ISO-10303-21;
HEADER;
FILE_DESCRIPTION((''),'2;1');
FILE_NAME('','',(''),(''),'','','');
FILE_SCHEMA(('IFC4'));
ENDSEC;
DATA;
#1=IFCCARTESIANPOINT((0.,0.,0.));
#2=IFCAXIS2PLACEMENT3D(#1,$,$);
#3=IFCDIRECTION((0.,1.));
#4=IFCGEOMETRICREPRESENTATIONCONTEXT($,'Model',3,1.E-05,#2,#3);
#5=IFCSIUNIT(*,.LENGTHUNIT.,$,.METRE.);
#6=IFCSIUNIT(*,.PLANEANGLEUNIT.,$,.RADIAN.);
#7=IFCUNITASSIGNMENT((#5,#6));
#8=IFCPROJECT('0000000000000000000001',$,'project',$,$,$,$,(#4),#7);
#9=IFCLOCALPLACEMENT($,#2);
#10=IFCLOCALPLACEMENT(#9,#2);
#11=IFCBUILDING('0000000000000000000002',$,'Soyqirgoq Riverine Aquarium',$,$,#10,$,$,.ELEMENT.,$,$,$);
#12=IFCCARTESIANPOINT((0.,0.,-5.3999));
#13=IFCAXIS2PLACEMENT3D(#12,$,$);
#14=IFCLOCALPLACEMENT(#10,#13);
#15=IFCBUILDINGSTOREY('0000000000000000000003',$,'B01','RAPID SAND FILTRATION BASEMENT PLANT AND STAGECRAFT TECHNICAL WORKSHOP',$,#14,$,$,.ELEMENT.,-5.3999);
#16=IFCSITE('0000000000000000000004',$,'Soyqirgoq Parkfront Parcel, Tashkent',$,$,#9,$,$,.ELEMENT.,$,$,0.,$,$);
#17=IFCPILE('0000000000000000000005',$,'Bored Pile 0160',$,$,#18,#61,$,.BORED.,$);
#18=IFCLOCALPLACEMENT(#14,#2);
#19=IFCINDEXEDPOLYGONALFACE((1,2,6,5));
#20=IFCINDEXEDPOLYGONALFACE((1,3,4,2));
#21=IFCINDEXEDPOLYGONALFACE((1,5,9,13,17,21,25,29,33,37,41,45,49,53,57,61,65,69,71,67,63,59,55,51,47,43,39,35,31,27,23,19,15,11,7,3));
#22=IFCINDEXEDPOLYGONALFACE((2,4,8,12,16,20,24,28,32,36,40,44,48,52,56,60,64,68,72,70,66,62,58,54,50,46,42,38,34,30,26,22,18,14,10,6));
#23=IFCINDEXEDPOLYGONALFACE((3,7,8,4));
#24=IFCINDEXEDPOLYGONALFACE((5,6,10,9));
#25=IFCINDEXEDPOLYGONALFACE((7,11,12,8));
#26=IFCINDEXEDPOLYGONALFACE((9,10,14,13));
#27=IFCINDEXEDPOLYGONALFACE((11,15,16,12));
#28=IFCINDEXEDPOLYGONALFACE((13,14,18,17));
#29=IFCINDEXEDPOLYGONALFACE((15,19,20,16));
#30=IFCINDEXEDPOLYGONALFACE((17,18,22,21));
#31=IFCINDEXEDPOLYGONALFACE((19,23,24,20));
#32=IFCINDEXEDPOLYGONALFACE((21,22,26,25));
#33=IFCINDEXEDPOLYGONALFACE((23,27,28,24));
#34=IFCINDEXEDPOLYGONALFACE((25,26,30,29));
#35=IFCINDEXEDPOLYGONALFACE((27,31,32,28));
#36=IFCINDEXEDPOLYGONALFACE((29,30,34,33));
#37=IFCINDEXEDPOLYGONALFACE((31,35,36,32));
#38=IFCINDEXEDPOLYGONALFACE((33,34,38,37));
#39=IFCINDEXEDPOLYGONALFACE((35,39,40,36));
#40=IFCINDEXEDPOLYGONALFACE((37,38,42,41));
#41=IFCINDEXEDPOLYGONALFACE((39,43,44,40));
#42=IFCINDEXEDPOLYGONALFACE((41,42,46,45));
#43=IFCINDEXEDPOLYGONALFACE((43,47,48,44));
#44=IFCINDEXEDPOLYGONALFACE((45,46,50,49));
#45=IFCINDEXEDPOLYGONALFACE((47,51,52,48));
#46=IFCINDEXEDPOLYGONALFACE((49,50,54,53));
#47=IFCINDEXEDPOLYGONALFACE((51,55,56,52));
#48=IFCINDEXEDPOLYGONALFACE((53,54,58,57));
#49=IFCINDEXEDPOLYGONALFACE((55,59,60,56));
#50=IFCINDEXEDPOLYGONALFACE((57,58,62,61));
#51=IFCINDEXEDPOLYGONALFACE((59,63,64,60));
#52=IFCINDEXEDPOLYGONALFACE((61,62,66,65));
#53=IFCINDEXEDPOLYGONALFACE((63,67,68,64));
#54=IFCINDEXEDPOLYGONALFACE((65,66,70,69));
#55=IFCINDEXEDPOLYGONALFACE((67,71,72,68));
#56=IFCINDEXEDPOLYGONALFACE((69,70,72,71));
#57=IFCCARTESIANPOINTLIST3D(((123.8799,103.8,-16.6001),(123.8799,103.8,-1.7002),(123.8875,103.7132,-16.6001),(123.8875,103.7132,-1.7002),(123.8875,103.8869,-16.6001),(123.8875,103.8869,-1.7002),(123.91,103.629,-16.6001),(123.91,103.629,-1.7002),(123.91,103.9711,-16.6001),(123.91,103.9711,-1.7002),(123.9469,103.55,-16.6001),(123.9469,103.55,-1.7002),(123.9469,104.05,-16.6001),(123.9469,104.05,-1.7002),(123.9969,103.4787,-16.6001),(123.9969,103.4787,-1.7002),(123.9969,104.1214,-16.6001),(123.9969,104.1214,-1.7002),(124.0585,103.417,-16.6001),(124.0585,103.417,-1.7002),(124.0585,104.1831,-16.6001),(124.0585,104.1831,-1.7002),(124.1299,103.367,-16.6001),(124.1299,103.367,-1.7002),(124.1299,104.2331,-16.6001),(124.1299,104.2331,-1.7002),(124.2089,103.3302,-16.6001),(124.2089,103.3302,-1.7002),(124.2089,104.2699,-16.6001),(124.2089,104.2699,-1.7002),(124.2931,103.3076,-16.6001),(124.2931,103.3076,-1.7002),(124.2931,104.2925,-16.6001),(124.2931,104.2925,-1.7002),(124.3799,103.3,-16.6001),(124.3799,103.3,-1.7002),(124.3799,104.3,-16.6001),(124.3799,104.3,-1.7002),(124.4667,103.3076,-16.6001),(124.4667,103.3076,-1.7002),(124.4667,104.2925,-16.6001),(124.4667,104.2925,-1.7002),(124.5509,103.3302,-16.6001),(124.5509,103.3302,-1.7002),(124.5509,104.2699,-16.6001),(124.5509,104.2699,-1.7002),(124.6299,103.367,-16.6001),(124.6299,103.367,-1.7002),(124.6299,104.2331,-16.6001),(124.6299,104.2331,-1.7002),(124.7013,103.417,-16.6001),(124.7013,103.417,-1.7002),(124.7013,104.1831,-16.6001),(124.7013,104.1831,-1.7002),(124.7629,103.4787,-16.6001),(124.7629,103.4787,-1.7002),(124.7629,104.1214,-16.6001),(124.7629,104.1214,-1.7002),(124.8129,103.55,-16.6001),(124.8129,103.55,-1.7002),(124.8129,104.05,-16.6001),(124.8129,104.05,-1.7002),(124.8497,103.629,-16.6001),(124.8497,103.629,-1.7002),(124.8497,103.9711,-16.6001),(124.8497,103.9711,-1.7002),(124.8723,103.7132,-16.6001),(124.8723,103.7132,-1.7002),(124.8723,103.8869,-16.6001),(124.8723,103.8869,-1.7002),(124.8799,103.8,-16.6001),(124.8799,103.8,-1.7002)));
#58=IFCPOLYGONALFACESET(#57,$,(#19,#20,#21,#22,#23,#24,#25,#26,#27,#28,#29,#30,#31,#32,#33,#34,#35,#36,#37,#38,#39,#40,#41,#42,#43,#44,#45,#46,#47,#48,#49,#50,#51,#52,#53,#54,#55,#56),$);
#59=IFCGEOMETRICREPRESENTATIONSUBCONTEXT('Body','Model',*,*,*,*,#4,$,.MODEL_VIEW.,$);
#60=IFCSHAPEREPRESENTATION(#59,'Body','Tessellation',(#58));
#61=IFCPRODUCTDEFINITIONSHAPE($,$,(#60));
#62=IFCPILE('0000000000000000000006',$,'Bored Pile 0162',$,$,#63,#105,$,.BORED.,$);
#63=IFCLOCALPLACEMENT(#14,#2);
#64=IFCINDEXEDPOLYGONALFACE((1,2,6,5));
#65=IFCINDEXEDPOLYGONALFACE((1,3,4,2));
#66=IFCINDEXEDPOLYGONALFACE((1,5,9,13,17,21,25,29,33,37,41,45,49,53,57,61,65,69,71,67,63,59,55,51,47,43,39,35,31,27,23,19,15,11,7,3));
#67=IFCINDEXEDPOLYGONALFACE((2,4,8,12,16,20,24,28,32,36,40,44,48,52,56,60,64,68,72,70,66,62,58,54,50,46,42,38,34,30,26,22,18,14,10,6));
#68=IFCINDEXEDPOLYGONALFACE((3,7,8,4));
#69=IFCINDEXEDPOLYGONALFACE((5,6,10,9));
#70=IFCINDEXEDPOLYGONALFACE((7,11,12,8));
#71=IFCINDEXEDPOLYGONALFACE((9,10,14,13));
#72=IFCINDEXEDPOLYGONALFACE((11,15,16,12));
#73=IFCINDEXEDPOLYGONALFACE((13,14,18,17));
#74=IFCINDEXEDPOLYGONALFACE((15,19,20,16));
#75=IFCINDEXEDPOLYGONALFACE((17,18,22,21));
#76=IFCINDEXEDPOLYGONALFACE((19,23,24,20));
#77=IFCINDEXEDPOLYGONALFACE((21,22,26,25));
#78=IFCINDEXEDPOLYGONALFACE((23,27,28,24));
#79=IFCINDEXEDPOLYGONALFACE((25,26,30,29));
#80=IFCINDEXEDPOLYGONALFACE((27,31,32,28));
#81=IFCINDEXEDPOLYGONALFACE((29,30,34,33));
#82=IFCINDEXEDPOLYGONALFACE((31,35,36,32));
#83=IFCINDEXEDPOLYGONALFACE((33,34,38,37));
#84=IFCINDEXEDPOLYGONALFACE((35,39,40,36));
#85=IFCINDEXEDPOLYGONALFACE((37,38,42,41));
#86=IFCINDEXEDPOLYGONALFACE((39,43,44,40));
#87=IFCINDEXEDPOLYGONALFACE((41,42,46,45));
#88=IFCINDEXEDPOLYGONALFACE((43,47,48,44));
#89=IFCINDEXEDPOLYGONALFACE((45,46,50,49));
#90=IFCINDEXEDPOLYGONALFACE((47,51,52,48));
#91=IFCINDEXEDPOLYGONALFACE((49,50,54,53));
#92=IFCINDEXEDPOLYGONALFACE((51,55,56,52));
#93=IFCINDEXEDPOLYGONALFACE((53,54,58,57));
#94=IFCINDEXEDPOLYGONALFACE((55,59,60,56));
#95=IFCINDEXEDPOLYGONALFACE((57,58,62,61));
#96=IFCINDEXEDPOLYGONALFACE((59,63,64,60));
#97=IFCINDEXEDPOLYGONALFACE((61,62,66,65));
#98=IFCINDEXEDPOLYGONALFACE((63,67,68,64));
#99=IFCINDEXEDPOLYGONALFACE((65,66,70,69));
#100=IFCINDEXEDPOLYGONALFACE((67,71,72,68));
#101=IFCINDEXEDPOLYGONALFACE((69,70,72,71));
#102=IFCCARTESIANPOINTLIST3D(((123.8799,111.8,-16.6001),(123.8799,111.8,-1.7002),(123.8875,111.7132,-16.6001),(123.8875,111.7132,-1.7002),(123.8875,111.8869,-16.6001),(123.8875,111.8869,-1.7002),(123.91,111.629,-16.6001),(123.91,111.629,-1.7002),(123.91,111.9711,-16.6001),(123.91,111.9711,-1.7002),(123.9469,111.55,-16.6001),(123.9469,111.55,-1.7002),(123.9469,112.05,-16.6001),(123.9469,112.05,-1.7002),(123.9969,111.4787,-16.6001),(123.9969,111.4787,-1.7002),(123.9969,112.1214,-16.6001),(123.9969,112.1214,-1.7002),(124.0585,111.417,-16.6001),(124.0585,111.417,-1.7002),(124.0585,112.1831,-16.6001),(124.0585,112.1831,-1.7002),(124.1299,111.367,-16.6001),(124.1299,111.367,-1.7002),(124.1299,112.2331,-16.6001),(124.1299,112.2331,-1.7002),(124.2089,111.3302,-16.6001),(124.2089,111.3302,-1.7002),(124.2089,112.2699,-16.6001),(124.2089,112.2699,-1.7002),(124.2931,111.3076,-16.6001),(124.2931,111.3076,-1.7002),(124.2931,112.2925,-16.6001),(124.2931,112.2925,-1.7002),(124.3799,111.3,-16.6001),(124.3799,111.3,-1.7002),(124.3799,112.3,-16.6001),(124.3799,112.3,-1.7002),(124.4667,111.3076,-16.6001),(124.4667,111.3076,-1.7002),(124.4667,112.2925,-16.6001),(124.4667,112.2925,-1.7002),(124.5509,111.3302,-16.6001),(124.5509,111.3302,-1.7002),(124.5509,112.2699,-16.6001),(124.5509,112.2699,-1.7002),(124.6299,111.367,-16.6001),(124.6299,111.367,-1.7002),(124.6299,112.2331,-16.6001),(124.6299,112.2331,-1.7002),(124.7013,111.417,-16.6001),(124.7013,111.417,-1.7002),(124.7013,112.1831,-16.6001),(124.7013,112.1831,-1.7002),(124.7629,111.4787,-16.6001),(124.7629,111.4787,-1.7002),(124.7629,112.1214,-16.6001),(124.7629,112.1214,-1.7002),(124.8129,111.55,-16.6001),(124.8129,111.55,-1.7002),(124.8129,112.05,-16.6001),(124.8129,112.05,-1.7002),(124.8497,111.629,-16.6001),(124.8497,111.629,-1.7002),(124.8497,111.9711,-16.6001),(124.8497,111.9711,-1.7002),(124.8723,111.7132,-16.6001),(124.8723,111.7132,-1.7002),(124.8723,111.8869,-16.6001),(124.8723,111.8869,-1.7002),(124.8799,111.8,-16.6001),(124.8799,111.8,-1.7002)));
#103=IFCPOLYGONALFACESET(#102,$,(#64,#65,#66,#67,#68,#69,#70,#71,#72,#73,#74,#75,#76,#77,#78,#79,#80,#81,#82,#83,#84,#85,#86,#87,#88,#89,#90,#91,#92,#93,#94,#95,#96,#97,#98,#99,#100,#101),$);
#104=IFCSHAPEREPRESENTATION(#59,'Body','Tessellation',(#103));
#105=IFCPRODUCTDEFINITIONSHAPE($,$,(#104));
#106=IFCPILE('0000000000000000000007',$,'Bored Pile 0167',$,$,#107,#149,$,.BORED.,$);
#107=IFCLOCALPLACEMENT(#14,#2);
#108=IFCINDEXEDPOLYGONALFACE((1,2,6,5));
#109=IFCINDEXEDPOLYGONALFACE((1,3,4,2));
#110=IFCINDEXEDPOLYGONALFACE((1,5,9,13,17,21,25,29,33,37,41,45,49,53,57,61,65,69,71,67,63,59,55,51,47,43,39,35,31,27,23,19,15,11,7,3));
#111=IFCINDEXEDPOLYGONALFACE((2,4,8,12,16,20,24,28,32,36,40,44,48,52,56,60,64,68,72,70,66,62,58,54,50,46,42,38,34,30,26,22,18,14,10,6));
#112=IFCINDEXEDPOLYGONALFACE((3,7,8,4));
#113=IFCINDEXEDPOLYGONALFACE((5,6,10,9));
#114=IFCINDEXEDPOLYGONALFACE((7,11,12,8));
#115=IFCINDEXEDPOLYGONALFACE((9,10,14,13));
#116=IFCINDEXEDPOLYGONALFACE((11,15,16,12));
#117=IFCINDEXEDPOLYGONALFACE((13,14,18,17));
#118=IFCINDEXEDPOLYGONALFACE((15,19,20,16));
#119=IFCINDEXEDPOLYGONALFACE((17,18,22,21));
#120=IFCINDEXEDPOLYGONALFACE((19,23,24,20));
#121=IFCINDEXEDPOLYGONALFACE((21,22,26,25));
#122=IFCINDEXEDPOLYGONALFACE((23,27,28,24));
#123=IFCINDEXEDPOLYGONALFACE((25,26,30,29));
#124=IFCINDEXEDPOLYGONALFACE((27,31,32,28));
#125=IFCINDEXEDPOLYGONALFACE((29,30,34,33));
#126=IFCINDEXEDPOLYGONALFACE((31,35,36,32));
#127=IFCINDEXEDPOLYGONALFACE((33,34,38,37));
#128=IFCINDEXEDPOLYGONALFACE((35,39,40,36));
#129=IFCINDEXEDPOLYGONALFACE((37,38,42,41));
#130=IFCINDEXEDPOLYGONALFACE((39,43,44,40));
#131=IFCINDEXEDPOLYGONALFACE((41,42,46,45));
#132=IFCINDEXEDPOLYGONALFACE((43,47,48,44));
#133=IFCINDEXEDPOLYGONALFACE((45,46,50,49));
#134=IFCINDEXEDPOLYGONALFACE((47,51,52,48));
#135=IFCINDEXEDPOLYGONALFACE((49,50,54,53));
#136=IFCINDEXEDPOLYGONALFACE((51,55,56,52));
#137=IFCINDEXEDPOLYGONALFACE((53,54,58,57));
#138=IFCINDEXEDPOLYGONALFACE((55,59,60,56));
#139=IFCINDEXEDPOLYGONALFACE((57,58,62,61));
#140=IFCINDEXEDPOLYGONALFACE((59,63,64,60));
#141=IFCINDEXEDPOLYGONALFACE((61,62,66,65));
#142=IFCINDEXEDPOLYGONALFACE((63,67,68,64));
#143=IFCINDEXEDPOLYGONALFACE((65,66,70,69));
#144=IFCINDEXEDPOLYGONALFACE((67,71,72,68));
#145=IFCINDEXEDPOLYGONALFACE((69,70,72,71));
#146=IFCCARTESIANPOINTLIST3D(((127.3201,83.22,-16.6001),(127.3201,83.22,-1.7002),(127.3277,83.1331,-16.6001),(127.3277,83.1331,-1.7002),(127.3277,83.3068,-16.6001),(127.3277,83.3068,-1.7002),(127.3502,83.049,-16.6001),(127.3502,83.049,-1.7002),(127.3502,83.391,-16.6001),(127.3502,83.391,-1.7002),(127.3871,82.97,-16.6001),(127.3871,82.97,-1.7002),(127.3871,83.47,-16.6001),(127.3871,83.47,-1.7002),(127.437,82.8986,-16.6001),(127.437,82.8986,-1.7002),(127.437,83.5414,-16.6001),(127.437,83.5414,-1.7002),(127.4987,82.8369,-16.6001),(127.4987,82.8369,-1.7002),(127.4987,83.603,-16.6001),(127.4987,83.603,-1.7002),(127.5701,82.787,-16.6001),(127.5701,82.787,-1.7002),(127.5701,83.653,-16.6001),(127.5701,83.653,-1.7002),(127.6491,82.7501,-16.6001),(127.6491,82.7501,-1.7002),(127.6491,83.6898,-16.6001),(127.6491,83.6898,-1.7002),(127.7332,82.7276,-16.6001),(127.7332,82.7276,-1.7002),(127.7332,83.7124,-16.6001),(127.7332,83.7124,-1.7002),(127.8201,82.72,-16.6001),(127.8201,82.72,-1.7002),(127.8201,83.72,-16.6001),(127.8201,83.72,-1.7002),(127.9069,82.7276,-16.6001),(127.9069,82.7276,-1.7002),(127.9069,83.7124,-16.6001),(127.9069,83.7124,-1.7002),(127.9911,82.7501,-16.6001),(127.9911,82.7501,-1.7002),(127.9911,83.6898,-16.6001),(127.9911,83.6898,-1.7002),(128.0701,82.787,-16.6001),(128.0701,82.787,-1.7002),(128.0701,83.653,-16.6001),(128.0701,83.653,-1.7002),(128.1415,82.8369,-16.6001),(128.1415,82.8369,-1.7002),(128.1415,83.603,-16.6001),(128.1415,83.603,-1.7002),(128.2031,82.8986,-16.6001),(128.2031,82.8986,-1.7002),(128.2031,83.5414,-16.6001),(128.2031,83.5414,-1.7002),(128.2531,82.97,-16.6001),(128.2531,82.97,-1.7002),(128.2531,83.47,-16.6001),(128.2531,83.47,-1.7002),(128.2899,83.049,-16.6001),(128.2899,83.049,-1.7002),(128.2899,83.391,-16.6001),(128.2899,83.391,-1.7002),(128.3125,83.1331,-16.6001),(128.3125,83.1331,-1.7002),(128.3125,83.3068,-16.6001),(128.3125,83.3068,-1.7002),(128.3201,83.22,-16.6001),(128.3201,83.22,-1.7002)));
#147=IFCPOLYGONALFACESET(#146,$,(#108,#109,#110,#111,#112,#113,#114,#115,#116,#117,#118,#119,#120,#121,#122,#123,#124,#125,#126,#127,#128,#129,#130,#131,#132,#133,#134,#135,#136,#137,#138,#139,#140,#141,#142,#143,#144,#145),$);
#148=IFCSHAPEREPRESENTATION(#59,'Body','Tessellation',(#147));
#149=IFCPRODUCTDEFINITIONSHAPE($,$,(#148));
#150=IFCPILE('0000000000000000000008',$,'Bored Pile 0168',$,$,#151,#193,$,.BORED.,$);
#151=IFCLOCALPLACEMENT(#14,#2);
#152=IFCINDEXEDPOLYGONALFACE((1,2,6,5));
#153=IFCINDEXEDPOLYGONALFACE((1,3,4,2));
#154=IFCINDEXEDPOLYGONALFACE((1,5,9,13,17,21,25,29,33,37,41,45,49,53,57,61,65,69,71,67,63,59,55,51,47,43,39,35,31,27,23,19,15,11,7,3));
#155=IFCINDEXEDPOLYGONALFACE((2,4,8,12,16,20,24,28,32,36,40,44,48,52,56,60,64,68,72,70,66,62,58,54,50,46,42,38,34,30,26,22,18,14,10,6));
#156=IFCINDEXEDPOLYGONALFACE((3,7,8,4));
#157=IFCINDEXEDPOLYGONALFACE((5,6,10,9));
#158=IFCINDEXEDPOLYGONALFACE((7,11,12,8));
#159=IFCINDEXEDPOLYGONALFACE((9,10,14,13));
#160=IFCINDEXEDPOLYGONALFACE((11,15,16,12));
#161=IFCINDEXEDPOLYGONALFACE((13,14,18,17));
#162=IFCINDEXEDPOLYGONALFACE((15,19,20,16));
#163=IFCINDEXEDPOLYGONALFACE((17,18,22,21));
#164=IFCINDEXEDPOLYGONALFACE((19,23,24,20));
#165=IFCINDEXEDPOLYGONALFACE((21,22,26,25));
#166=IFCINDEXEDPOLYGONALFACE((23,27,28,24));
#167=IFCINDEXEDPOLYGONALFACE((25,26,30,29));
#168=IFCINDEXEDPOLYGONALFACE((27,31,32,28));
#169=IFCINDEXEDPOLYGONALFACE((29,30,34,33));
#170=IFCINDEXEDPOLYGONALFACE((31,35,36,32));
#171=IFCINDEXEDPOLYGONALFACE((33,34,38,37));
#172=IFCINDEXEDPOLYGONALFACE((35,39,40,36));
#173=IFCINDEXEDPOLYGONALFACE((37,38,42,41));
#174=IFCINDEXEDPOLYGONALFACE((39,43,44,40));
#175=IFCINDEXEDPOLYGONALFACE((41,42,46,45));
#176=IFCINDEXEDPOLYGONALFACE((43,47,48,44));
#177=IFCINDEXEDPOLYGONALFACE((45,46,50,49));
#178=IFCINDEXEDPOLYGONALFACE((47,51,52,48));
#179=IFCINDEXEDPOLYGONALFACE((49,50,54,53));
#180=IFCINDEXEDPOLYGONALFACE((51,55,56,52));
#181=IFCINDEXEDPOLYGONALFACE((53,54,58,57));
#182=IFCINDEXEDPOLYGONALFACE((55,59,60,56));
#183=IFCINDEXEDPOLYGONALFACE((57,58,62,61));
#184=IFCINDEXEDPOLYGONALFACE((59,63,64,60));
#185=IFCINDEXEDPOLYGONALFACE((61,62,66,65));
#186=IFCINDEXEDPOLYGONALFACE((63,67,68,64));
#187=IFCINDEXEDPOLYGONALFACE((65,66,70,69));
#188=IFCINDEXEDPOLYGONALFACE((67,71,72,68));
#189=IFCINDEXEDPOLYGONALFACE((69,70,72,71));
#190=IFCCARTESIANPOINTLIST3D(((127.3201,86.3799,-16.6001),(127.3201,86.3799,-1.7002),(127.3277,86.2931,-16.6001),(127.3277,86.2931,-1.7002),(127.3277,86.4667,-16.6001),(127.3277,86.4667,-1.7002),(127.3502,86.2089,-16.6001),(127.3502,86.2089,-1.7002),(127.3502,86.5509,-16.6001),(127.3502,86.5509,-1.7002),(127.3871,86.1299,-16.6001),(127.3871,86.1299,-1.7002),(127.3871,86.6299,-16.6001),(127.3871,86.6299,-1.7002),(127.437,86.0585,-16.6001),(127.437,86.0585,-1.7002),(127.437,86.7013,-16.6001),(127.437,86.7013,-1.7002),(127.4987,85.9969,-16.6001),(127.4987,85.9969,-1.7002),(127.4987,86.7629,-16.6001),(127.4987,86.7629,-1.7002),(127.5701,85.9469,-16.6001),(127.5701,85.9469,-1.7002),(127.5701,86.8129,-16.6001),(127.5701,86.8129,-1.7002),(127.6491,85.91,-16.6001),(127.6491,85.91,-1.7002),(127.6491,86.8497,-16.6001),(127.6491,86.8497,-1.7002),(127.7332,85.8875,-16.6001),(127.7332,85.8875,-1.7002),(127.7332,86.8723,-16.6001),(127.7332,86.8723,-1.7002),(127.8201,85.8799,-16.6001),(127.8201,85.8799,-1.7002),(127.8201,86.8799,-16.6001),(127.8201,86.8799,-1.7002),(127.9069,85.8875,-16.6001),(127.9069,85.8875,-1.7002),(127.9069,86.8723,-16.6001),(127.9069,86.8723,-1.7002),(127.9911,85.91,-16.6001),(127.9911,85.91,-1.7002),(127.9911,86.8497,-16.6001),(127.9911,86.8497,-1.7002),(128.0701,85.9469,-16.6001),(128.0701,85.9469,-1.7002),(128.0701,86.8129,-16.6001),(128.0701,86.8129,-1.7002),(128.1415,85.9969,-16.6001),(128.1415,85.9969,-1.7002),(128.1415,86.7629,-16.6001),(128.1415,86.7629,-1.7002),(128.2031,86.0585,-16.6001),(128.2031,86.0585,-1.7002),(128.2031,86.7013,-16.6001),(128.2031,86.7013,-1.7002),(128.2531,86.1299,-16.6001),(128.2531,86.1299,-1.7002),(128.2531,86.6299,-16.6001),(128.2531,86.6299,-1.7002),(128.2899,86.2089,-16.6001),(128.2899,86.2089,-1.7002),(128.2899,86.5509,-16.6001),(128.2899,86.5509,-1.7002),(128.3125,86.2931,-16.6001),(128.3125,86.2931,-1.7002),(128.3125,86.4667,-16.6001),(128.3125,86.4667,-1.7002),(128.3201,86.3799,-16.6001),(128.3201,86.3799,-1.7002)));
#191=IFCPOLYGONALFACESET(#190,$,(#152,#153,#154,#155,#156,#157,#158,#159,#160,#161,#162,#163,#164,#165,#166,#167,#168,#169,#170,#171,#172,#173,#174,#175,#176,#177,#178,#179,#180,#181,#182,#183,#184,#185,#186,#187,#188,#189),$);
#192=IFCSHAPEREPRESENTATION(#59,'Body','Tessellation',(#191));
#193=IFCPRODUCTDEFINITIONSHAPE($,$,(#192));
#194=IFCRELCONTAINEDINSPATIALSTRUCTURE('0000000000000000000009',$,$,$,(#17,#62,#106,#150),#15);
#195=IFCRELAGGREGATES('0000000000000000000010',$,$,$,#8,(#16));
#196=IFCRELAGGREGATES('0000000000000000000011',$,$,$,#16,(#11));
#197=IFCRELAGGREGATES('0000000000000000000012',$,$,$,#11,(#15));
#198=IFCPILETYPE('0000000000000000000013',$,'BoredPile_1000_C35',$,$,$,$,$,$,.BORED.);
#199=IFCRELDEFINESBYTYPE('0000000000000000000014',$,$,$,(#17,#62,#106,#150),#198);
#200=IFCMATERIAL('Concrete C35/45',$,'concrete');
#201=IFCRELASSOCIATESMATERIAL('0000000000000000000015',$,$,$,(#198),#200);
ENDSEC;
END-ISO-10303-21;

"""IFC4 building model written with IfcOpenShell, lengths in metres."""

from ifc_helpers import new_model, si_unit, direction, frame, origin, origin_2d, place, context, subcontext, project, spatial, circle, extrude, material, material_profile, profile_set, type_object, element, save


model = new_model("IFC4")

# Units and contexts
model_context = context("Model", 3, precision=1e-05, world=origin(), true_north=direction((0.0, 1.0)))
body_context = subcontext(model_context, "Body", "Model", "MODEL_VIEW")
ifc_project = project(units=[si_unit("LENGTHUNIT", "METRE"), si_unit("PLANEANGLEUNIT", "RADIAN")], contexts=[model_context])

# Site, building, storey
site_placement = place(None, origin())
site = spatial("IfcSite", under=ifc_project, at=site_placement, Name="Soyqirgoq Parkfront Parcel, Tashkent", CompositionType="ELEMENT", RefElevation=0.0)
building_placement = place(site_placement, origin())
building = spatial("IfcBuilding", under=site, at=building_placement, Name="Soyqirgoq Riverine Aquarium", CompositionType="ELEMENT")
storey_placement = place(building_placement, frame((0.0, 0.0, -5.3999)))
storey = spatial("IfcBuildingStorey", under=building, at=storey_placement, Name="B01", Description="RAPID SAND FILTRATION BASEMENT PLANT AND STAGECRAFT TECHNICAL WORKSHOP", CompositionType="ELEMENT", Elevation=-5.3999)

# Piles
ifc_material_1 = material(Name="Concrete C35/45", Category="concrete")
ifc_material_profile_1 = material_profile(ifc_material_1, circle(Radius=0.5, at=origin_2d()), Name="BP D1000")
ifc_profile_set_1 = profile_set([ifc_material_profile_1], Name="Concrete C35/45")
pile_type = type_object("IfcPileType", Name="BoredPile_1000_C35", PredefinedType="BORED", material=ifc_profile_set_1)
for number, where, z_axis, x_axis, name in (
    (1, (124.3799, 103.8, -1.7002), (0.0, 0.0, -1.0), (1.0, 0.0, 0.0), "Bored Pile 0160"),
    (2, (124.3799, 111.8, -1.7002), (0.0, 0.0, -1.0), (1.0, 0.0, 0.0), "Bored Pile 0162"),
    (3, (127.8201, 83.22, -1.7002), (0.0, 0.0, -1.0), (1.0, 0.0, 0.0), "Bored Pile 0167"),
    (4, (127.8201, 86.3799, -1.7002), (0.0, 0.0, -1.0), (1.0, 0.0, 0.0), "Bored Pile 0168"),
):
    element("IfcPile", number, at=place(storey_placement, frame(where, z_axis=z_axis, x_axis=x_axis)), inside=storey, type_object=pile_type, Name=name, PredefinedType="BORED", context=body_context, shape_type="SweptSolid", body=[
        extrude(circle(Radius=0.5, at=origin_2d()), origin(), (0.0, 0.0, 1.0), 14.8999),
    ])

save(model, "model.ifc")
